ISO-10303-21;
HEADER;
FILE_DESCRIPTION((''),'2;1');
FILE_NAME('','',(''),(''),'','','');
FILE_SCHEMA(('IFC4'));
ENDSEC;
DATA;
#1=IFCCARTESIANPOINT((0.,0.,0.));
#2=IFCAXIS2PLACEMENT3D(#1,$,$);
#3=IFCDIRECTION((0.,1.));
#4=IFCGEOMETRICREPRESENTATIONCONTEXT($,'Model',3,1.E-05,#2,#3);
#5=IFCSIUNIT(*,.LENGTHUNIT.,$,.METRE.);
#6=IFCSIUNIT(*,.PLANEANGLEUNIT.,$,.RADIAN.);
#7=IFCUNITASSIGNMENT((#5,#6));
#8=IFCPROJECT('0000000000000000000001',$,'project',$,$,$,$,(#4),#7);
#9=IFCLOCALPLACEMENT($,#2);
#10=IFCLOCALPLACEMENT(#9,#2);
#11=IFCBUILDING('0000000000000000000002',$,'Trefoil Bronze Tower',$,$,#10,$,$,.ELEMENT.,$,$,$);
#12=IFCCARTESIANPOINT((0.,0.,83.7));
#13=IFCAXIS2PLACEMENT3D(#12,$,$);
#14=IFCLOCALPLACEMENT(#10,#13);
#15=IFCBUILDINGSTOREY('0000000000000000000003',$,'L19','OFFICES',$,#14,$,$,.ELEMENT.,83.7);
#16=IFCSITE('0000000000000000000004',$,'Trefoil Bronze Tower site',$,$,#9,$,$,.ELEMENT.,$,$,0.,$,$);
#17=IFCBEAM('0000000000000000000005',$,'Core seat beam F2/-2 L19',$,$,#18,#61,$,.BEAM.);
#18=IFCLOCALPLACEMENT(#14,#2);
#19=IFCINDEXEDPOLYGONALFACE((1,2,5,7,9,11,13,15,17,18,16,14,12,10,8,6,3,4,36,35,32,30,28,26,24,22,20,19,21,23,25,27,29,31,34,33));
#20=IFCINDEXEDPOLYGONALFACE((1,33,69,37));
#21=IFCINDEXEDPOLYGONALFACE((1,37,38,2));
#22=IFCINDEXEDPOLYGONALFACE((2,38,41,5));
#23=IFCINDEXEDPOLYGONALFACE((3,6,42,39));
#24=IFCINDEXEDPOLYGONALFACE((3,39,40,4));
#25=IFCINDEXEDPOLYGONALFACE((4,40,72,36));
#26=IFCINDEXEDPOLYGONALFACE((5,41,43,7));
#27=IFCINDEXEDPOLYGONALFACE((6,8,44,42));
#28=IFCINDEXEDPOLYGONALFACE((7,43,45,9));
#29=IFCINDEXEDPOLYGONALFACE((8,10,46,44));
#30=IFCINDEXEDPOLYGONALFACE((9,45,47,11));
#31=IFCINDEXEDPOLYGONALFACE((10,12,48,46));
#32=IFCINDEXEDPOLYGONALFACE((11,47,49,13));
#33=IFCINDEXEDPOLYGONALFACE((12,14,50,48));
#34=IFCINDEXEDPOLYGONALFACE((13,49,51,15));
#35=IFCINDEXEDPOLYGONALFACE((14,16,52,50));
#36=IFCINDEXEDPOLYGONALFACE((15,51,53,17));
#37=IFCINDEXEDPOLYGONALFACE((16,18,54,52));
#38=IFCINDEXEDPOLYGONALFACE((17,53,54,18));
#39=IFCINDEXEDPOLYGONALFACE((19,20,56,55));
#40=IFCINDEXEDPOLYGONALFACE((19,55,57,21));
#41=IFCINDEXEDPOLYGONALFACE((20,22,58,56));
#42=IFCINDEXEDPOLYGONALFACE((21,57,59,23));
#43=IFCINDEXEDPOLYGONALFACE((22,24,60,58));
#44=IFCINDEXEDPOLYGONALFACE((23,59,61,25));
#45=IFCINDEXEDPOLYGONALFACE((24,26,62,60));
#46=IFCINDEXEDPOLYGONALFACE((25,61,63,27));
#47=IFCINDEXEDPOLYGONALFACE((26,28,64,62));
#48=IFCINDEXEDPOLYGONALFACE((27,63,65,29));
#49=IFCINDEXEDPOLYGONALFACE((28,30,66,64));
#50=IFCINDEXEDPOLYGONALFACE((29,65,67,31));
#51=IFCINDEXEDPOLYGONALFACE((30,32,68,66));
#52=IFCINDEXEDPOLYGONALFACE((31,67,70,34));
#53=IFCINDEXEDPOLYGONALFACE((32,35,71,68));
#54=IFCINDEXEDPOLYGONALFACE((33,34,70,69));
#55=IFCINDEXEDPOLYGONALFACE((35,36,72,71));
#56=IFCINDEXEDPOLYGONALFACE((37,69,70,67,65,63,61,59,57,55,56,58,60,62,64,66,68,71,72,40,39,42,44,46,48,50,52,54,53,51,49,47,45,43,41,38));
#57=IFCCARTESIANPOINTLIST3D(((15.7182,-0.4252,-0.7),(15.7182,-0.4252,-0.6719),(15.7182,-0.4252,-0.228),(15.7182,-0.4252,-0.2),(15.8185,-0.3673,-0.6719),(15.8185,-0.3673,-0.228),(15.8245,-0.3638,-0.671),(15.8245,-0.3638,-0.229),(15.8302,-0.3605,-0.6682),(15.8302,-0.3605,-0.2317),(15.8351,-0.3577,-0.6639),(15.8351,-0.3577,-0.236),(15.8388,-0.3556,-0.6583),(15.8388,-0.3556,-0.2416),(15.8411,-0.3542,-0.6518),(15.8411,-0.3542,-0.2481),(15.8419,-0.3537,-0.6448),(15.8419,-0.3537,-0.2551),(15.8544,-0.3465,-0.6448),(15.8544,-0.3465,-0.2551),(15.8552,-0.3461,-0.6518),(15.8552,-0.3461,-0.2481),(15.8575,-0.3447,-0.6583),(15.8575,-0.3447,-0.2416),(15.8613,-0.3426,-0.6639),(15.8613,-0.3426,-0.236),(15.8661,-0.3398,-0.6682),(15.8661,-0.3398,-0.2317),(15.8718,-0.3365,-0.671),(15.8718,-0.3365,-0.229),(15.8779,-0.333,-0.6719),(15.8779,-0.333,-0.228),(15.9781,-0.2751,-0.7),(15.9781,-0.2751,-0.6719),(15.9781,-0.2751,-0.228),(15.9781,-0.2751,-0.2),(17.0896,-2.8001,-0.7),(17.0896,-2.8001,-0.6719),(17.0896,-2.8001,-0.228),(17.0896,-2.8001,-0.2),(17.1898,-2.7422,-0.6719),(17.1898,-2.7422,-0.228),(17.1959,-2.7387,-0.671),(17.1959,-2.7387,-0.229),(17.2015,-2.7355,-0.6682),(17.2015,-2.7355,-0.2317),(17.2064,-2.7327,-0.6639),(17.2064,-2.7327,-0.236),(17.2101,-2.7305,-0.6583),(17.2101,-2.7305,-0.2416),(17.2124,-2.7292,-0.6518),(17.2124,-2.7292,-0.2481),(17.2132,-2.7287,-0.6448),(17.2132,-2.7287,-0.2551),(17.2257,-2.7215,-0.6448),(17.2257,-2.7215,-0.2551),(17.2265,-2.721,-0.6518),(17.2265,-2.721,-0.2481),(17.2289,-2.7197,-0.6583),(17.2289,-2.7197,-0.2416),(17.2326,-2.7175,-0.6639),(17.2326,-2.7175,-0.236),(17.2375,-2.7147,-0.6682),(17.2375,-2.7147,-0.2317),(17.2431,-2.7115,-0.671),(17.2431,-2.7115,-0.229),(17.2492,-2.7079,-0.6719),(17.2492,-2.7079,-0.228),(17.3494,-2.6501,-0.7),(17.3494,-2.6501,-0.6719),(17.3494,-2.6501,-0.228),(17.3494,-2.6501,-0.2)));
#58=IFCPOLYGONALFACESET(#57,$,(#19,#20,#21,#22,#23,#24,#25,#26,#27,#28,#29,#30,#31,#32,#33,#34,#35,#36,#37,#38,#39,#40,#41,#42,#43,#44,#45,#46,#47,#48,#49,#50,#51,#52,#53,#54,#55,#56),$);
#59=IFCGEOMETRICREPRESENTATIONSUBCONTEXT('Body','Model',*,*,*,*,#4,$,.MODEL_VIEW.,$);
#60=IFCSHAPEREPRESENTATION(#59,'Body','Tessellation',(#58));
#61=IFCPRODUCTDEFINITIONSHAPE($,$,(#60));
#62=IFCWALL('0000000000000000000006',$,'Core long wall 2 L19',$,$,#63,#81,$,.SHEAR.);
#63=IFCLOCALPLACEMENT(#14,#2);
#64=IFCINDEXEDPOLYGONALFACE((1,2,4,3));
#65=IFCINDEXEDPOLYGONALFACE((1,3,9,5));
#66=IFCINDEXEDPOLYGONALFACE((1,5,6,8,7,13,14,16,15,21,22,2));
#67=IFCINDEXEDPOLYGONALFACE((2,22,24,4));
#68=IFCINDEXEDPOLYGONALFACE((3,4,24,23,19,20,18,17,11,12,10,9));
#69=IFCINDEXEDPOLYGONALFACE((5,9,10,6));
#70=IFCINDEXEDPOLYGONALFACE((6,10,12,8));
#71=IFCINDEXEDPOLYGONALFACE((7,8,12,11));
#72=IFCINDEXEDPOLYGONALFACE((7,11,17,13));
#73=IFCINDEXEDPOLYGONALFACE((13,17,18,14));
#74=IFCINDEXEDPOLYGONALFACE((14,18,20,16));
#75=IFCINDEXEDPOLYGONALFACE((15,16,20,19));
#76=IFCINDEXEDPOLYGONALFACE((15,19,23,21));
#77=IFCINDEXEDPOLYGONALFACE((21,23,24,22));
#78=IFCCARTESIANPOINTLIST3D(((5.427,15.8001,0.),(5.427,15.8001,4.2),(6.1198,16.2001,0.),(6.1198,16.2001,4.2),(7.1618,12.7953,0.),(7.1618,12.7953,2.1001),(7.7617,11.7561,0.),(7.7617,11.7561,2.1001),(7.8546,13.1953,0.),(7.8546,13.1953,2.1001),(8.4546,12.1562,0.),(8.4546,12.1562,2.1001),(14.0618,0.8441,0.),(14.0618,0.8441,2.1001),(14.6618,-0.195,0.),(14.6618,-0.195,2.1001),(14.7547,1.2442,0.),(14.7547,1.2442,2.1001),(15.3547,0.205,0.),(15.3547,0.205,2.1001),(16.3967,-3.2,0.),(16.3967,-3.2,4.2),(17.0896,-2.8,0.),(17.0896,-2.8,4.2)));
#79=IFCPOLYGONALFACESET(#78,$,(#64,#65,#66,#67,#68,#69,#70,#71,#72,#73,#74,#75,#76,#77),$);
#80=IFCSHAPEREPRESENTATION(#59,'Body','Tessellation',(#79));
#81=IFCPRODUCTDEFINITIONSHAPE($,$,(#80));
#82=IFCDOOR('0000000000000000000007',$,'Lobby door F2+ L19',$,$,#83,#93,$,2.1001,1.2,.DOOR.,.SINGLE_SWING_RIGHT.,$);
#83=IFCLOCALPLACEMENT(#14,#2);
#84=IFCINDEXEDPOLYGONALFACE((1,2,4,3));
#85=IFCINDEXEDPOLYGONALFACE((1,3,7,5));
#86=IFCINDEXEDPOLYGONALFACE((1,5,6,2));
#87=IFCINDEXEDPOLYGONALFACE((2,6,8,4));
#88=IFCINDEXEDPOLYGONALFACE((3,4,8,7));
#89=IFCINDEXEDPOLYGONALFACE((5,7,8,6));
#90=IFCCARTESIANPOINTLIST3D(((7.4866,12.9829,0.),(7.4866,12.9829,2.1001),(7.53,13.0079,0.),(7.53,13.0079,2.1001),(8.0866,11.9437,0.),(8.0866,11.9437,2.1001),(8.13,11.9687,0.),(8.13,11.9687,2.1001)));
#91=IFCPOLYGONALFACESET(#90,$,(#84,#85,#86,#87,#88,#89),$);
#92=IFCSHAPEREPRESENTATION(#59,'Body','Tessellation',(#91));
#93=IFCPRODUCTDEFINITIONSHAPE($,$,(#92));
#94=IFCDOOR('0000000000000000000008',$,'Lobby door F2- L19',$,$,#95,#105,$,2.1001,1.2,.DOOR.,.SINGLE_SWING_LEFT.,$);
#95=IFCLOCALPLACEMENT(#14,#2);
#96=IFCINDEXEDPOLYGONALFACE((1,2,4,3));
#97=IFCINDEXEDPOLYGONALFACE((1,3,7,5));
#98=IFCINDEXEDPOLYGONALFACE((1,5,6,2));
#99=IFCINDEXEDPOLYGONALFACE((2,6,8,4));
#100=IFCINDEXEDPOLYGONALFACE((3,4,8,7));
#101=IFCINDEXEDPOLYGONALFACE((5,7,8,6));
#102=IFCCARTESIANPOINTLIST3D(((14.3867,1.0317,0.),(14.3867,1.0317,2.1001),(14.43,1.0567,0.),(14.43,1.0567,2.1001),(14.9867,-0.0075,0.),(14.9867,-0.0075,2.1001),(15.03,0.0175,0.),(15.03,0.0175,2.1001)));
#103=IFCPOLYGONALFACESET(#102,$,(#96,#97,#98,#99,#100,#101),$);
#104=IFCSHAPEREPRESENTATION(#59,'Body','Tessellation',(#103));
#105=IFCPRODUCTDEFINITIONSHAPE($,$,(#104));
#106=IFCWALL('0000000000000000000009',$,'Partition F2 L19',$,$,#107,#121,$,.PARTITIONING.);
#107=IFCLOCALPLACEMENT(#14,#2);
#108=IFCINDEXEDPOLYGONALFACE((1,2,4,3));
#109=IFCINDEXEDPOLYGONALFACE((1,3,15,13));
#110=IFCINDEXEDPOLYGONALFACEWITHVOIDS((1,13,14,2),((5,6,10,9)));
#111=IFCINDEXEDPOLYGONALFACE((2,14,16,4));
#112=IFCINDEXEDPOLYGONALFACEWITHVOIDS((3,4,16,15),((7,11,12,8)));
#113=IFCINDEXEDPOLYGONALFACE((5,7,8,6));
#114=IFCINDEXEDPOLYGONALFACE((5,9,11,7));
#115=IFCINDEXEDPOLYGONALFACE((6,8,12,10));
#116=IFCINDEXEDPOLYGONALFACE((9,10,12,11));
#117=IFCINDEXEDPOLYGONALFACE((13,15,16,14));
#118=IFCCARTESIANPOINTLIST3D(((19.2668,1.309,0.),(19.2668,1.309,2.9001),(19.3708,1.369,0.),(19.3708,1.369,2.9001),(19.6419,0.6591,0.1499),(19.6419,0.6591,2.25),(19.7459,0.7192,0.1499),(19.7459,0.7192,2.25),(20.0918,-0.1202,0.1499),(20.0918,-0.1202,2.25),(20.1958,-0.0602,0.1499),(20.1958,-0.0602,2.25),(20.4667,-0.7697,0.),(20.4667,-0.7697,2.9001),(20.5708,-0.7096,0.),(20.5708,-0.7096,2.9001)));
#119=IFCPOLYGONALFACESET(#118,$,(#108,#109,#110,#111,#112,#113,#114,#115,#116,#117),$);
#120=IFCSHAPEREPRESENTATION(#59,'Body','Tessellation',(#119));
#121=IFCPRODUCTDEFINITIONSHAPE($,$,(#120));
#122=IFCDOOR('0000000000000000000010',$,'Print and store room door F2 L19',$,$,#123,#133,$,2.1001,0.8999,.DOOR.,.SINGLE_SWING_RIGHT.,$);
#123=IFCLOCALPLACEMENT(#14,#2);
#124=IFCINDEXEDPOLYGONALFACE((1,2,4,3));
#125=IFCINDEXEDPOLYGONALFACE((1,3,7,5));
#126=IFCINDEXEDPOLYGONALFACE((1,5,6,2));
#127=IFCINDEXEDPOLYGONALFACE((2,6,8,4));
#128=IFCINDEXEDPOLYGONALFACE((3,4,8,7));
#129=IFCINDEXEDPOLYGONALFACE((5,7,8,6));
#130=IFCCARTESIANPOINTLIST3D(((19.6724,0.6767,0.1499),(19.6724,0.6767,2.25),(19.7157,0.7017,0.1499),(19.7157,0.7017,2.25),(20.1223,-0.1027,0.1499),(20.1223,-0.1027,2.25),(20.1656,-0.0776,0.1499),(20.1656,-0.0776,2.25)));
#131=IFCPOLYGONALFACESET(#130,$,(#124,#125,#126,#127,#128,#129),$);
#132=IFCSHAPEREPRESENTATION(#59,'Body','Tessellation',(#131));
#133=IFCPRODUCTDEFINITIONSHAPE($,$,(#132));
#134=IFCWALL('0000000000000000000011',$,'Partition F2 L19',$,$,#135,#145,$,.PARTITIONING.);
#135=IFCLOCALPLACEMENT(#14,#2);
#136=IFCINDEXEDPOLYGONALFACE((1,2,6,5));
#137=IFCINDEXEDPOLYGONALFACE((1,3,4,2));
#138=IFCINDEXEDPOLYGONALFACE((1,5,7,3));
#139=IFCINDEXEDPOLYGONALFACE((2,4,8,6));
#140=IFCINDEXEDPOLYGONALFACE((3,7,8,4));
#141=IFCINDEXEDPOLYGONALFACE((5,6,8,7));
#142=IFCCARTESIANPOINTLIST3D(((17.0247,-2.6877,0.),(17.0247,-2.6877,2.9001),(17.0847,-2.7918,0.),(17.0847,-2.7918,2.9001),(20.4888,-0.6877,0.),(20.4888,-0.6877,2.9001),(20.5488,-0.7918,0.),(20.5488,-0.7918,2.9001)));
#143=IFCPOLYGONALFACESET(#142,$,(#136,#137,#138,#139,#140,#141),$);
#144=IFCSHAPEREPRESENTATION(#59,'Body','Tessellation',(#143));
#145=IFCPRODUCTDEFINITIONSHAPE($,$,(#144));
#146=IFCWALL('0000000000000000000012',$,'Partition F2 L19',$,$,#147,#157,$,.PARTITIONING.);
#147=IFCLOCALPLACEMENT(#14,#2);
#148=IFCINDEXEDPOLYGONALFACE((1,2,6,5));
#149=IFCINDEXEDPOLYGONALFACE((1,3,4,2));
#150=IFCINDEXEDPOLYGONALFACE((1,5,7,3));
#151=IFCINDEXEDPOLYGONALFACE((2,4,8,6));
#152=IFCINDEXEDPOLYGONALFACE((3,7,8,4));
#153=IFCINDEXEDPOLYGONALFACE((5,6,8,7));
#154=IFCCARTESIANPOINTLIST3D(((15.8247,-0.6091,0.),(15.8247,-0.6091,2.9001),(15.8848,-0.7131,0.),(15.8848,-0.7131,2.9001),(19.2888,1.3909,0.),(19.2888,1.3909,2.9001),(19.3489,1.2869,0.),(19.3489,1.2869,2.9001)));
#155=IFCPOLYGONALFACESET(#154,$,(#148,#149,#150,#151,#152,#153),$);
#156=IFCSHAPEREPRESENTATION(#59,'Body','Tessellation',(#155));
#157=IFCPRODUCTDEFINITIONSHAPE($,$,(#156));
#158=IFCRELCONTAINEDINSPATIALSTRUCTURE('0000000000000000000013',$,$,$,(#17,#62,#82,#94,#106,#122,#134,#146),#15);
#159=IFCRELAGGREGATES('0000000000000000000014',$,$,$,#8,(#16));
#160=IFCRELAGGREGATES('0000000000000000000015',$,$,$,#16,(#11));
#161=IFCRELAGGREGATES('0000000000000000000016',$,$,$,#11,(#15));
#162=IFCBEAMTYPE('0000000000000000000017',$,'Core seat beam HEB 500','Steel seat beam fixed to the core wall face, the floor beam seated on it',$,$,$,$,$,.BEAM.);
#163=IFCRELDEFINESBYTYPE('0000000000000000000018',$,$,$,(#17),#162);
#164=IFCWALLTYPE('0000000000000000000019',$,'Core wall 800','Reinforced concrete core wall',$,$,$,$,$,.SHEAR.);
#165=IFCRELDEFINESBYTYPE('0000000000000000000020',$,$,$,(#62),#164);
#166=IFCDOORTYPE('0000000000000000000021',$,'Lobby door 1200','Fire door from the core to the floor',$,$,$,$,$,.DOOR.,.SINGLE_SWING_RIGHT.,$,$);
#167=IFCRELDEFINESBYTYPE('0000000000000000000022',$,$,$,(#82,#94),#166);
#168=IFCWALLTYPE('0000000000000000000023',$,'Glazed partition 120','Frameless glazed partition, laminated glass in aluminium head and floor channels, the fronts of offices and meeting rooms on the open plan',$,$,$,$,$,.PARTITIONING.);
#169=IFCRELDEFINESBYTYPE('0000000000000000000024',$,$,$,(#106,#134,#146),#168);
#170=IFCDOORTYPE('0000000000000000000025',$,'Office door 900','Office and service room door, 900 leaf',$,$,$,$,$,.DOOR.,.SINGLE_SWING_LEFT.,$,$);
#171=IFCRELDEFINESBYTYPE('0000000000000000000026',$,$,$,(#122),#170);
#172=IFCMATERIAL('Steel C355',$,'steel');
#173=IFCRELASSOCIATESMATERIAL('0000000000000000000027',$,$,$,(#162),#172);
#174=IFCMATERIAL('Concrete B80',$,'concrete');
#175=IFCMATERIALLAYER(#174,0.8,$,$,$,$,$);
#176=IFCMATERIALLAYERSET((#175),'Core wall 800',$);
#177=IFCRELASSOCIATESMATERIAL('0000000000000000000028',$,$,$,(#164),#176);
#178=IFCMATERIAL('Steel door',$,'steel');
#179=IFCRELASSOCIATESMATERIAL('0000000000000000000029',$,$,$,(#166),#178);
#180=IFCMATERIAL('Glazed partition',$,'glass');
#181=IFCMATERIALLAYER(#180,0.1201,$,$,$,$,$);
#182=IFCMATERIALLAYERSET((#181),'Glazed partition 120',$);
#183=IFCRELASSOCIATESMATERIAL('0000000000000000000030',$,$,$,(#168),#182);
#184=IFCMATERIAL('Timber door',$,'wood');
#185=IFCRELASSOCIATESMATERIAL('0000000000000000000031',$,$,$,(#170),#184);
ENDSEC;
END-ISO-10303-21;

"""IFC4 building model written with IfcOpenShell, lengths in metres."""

from ifc_helpers import new_model, si_unit, direction, frame, frame_2d, origin, origin_2d, place, context, subcontext, project, spatial, rectangle, i_section, extrude, material, layer, layer_set, material_profile, profile_set, type_object, element, fill, save


model = new_model("IFC4")

# Units and contexts
model_context = context("Model", 3, precision=1e-05, world=origin(), true_north=direction((0.0, 1.0)))
body_context = subcontext(model_context, "Body", "Model", "MODEL_VIEW")
ifc_project = project(units=[si_unit("LENGTHUNIT", "METRE"), si_unit("PLANEANGLEUNIT", "RADIAN")], contexts=[model_context])

# Site, building, storey
site_placement = place(None, origin())
site = spatial("IfcSite", under=ifc_project, at=site_placement, Name="Trefoil Bronze Tower site", CompositionType="ELEMENT", RefElevation=0.0)
building_placement = place(site_placement, origin())
building = spatial("IfcBuilding", under=site, at=building_placement, Name="Trefoil Bronze Tower", CompositionType="ELEMENT")
storey_placement = place(building_placement, frame((0.0, 0.0, 83.7)))
storey = spatial("IfcBuildingStorey", under=building, at=storey_placement, Name="L19", Description="OFFICES", CompositionType="ELEMENT", Elevation=83.7)

# Beam
ifc_material_1 = material(Name="Steel C355", Category="steel")
ifc_material_profile = material_profile(ifc_material_1, i_section(OverallWidth=0.3, OverallDepth=0.5, WebThickness=0.0144, FlangeThickness=0.0281, FilletRadius=0.0271, at=origin_2d()), Name="HEB 500")
ifc_profile_set = profile_set([ifc_material_profile], Name="Steel C355")
beam_type = type_object("IfcBeamType", Name="Core seat beam HEB 500", Description="Steel seat beam fixed to the core wall face, the floor beam seated on it", PredefinedType="BEAM", material=ifc_profile_set)
beam_placement = place(storey_placement, frame((17.2195, -2.7251, -0.45), z_axis=(-0.500036, 0.866005, 0.0), x_axis=(-0.866005, -0.500036, 0.0)))
element("IfcBeam", 1, at=beam_placement, inside=storey, type_object=beam_type, Name="Core seat beam F2/-2 L19", PredefinedType="BEAM", context=body_context, shape_type="SweptSolid", body=[
    extrude(i_section(OverallWidth=0.3, OverallDepth=0.5, WebThickness=0.0144, FlangeThickness=0.0281, FilletRadius=0.0271, at=origin_2d()), origin(), (0.0, 0.0, 1.0), 2.7424),
])

# Wall, openings, doors
ifc_material_2 = material(Name="Concrete B80", Category="concrete")
ifc_layer_1 = layer(ifc_material_2, 0.8)
ifc_layer_set_1 = layer_set([ifc_layer_1], Name="Core wall 800")
wall_type_1 = type_object("IfcWallType", Name="Core wall 800", Description="Reinforced concrete core wall", PredefinedType="SHEAR", material=ifc_layer_set_1)
wall_1_placement = place(storey_placement, frame((16.7432, -3.0, 0.0), z_axis=(0.0, 0.0, 1.0), x_axis=(-0.500002, 0.866024, 0.0)))
wall_1 = element("IfcWall", 2, at=wall_1_placement, inside=storey, type_object=wall_type_1, Name="Core long wall 2 L19", PredefinedType="SHEAR", context=body_context, shape_type="SweptSolid", body=[
    extrude(rectangle(XDim=21.9395, YDim=0.8, at=frame_2d((10.9697, 0.0))), origin(), (0.0, 0.0, 1.0), 4.2),
])
opening_1_placement = place(wall_1_placement, frame((17.2698, 0.0, 0.0)))
opening_1 = element("IfcOpeningElement", 3, at=opening_1_placement, cuts=wall_1, PredefinedType="OPENING", context=body_context, shape_type="SweptSolid", body=[
    extrude(rectangle(XDim=1.2, YDim=2.1001, at=frame_2d((0.6001, 1.05))), frame((0.0, 0.4099, 0.0), z_axis=(0.0, -1.0, 0.0), x_axis=(1.0, 0.0, 0.0)), (0.0, 0.0, 1.0), 0.8201),
])
opening_2_placement = place(wall_1_placement, frame((3.4697, 0.0, 0.0)))
opening_2 = element("IfcOpeningElement", 4, at=opening_2_placement, cuts=wall_1, PredefinedType="OPENING", context=body_context, shape_type="SweptSolid", body=[
    extrude(rectangle(XDim=1.2, YDim=2.1001, at=frame_2d((0.6001, 1.05))), frame((0.0, 0.4099, 0.0), z_axis=(0.0, -1.0, 0.0), x_axis=(1.0, 0.0, 0.0)), (0.0, 0.0, 1.0), 0.8201),
])
ifc_material_3 = material(Name="Steel door", Category="steel")
door_type_1 = type_object("IfcDoorType", Name="Lobby door 1200", Description="Fire door from the core to the floor", OperationType="SINGLE_SWING_RIGHT", PredefinedType="DOOR", material=ifc_material_3)
door_1_placement = place(opening_1_placement, origin())
door_1 = element("IfcDoor", 5, at=door_1_placement, inside=storey, type_object=door_type_1, Name="Lobby door F2+ L19", OperationType="SINGLE_SWING_RIGHT", OverallHeight=2.1001, OverallWidth=1.2, PredefinedType="DOOR", context=body_context, shape_type="SweptSolid", body=[
    extrude(rectangle(XDim=1.2, YDim=2.1001, at=frame_2d((0.6001, 1.05))), frame((0.0, 0.0249, 0.0), z_axis=(0.0, -1.0, 0.0), x_axis=(1.0, 0.0, 0.0)), (0.0, 0.0, 1.0), 0.05),
])
fill(opening_1, door_1)
door_2_placement = place(opening_2_placement, origin())
door_2 = element("IfcDoor", 6, at=door_2_placement, inside=storey, type_object=door_type_1, Name="Lobby door F2- L19", OperationType="SINGLE_SWING_LEFT", OverallHeight=2.1001, OverallWidth=1.2, PredefinedType="DOOR", context=body_context, shape_type="SweptSolid", body=[
    extrude(rectangle(XDim=1.2, YDim=2.1001, at=frame_2d((0.6001, 1.05))), frame((0.0, 0.0249, 0.0), z_axis=(0.0, -1.0, 0.0), x_axis=(1.0, 0.0, 0.0)), (0.0, 0.0, 1.0), 0.05),
])
fill(opening_2, door_2)

# Wall, opening, door
ifc_material_4 = material(Name="Glazed partition", Category="glass")
ifc_layer_2 = layer(ifc_material_4, 0.1201)
ifc_layer_set_2 = layer_set([ifc_layer_2], Name="Glazed partition 120")
wall_type_2 = type_object("IfcWallType", Name="Glazed partition 120", Description="Frameless glazed partition, laminated glass in aluminium head and floor channels, the fronts of offices and meeting rooms on the open plan", PredefinedType="PARTITIONING", material=ifc_layer_set_2)
wall_2_placement = place(storey_placement, frame((20.5188, -0.7397, 0.0), z_axis=(0.0, 0.0, 1.0), x_axis=(-0.499957, 0.86605, 0.0)))
wall_2 = element("IfcWall", 7, at=wall_2_placement, inside=storey, type_object=wall_type_2, Name="Partition F2 L19", PredefinedType="PARTITIONING", context=body_context, shape_type="SweptSolid", body=[
    extrude(rectangle(XDim=2.4001, YDim=0.1201, at=frame_2d((1.2002, 0.0))), origin(), (0.0, 0.0, 1.0), 2.9001),
])
opening_3_placement = place(wall_2_placement, frame((0.75, 0.0, 0.1499)))
opening_3 = element("IfcOpeningElement", 8, at=opening_3_placement, cuts=wall_2, PredefinedType="OPENING", context=body_context, shape_type="SweptSolid", body=[
    extrude(rectangle(XDim=0.8999, YDim=2.1001, at=frame_2d((0.45, 1.05))), frame((0.0, 0.0701, 0.0), z_axis=(0.0, -1.0, 0.0), x_axis=(1.0, 0.0, 0.0)), (0.0, 0.0, 1.0), 0.1401),
])
ifc_material_5 = material(Name="Timber door", Category="wood")
door_type_2 = type_object("IfcDoorType", Name="Office door 900", Description="Office and service room door, 900 leaf", OperationType="SINGLE_SWING_LEFT", PredefinedType="DOOR", material=ifc_material_5)
door_3_placement = place(opening_3_placement, origin())
door_3 = element("IfcDoor", 9, at=door_3_placement, inside=storey, type_object=door_type_2, Name="Print and store room door F2 L19", OperationType="SINGLE_SWING_RIGHT", OverallHeight=2.1001, OverallWidth=0.8999, PredefinedType="DOOR", context=body_context, shape_type="SweptSolid", body=[
    extrude(rectangle(XDim=0.8999, YDim=2.1001, at=frame_2d((0.45, 1.05))), frame((0.0, 0.0249, 0.0), z_axis=(0.0, -1.0, 0.0), x_axis=(1.0, 0.0, 0.0)), (0.0, 0.0, 1.0), 0.05),
])
fill(opening_3, door_3)

# Walls
for number, where, z_axis, x_axis, name in (
    (10, (17.0547, -2.7397, 0.0), (0.0, 0.0, 1.0), (0.866026, 0.499999, 0.0), "Partition F2 L19"),
    (11, (15.8547, -0.6611, 0.0), (0.0, 0.0, 1.0), (0.866026, 0.499999, 0.0), "Partition F2 L19"),
):
    element("IfcWall", number, at=place(storey_placement, frame(where, z_axis=z_axis, x_axis=x_axis)), inside=storey, type_object=wall_type_2, Name=name, PredefinedType="PARTITIONING", context=body_context, shape_type="SweptSolid", body=[
        extrude(rectangle(XDim=4.0, YDim=0.1201, at=frame_2d((2.0, 0.0))), origin(), (0.0, 0.0, 1.0), 2.9001),
    ])

save(model, "model.ifc")
